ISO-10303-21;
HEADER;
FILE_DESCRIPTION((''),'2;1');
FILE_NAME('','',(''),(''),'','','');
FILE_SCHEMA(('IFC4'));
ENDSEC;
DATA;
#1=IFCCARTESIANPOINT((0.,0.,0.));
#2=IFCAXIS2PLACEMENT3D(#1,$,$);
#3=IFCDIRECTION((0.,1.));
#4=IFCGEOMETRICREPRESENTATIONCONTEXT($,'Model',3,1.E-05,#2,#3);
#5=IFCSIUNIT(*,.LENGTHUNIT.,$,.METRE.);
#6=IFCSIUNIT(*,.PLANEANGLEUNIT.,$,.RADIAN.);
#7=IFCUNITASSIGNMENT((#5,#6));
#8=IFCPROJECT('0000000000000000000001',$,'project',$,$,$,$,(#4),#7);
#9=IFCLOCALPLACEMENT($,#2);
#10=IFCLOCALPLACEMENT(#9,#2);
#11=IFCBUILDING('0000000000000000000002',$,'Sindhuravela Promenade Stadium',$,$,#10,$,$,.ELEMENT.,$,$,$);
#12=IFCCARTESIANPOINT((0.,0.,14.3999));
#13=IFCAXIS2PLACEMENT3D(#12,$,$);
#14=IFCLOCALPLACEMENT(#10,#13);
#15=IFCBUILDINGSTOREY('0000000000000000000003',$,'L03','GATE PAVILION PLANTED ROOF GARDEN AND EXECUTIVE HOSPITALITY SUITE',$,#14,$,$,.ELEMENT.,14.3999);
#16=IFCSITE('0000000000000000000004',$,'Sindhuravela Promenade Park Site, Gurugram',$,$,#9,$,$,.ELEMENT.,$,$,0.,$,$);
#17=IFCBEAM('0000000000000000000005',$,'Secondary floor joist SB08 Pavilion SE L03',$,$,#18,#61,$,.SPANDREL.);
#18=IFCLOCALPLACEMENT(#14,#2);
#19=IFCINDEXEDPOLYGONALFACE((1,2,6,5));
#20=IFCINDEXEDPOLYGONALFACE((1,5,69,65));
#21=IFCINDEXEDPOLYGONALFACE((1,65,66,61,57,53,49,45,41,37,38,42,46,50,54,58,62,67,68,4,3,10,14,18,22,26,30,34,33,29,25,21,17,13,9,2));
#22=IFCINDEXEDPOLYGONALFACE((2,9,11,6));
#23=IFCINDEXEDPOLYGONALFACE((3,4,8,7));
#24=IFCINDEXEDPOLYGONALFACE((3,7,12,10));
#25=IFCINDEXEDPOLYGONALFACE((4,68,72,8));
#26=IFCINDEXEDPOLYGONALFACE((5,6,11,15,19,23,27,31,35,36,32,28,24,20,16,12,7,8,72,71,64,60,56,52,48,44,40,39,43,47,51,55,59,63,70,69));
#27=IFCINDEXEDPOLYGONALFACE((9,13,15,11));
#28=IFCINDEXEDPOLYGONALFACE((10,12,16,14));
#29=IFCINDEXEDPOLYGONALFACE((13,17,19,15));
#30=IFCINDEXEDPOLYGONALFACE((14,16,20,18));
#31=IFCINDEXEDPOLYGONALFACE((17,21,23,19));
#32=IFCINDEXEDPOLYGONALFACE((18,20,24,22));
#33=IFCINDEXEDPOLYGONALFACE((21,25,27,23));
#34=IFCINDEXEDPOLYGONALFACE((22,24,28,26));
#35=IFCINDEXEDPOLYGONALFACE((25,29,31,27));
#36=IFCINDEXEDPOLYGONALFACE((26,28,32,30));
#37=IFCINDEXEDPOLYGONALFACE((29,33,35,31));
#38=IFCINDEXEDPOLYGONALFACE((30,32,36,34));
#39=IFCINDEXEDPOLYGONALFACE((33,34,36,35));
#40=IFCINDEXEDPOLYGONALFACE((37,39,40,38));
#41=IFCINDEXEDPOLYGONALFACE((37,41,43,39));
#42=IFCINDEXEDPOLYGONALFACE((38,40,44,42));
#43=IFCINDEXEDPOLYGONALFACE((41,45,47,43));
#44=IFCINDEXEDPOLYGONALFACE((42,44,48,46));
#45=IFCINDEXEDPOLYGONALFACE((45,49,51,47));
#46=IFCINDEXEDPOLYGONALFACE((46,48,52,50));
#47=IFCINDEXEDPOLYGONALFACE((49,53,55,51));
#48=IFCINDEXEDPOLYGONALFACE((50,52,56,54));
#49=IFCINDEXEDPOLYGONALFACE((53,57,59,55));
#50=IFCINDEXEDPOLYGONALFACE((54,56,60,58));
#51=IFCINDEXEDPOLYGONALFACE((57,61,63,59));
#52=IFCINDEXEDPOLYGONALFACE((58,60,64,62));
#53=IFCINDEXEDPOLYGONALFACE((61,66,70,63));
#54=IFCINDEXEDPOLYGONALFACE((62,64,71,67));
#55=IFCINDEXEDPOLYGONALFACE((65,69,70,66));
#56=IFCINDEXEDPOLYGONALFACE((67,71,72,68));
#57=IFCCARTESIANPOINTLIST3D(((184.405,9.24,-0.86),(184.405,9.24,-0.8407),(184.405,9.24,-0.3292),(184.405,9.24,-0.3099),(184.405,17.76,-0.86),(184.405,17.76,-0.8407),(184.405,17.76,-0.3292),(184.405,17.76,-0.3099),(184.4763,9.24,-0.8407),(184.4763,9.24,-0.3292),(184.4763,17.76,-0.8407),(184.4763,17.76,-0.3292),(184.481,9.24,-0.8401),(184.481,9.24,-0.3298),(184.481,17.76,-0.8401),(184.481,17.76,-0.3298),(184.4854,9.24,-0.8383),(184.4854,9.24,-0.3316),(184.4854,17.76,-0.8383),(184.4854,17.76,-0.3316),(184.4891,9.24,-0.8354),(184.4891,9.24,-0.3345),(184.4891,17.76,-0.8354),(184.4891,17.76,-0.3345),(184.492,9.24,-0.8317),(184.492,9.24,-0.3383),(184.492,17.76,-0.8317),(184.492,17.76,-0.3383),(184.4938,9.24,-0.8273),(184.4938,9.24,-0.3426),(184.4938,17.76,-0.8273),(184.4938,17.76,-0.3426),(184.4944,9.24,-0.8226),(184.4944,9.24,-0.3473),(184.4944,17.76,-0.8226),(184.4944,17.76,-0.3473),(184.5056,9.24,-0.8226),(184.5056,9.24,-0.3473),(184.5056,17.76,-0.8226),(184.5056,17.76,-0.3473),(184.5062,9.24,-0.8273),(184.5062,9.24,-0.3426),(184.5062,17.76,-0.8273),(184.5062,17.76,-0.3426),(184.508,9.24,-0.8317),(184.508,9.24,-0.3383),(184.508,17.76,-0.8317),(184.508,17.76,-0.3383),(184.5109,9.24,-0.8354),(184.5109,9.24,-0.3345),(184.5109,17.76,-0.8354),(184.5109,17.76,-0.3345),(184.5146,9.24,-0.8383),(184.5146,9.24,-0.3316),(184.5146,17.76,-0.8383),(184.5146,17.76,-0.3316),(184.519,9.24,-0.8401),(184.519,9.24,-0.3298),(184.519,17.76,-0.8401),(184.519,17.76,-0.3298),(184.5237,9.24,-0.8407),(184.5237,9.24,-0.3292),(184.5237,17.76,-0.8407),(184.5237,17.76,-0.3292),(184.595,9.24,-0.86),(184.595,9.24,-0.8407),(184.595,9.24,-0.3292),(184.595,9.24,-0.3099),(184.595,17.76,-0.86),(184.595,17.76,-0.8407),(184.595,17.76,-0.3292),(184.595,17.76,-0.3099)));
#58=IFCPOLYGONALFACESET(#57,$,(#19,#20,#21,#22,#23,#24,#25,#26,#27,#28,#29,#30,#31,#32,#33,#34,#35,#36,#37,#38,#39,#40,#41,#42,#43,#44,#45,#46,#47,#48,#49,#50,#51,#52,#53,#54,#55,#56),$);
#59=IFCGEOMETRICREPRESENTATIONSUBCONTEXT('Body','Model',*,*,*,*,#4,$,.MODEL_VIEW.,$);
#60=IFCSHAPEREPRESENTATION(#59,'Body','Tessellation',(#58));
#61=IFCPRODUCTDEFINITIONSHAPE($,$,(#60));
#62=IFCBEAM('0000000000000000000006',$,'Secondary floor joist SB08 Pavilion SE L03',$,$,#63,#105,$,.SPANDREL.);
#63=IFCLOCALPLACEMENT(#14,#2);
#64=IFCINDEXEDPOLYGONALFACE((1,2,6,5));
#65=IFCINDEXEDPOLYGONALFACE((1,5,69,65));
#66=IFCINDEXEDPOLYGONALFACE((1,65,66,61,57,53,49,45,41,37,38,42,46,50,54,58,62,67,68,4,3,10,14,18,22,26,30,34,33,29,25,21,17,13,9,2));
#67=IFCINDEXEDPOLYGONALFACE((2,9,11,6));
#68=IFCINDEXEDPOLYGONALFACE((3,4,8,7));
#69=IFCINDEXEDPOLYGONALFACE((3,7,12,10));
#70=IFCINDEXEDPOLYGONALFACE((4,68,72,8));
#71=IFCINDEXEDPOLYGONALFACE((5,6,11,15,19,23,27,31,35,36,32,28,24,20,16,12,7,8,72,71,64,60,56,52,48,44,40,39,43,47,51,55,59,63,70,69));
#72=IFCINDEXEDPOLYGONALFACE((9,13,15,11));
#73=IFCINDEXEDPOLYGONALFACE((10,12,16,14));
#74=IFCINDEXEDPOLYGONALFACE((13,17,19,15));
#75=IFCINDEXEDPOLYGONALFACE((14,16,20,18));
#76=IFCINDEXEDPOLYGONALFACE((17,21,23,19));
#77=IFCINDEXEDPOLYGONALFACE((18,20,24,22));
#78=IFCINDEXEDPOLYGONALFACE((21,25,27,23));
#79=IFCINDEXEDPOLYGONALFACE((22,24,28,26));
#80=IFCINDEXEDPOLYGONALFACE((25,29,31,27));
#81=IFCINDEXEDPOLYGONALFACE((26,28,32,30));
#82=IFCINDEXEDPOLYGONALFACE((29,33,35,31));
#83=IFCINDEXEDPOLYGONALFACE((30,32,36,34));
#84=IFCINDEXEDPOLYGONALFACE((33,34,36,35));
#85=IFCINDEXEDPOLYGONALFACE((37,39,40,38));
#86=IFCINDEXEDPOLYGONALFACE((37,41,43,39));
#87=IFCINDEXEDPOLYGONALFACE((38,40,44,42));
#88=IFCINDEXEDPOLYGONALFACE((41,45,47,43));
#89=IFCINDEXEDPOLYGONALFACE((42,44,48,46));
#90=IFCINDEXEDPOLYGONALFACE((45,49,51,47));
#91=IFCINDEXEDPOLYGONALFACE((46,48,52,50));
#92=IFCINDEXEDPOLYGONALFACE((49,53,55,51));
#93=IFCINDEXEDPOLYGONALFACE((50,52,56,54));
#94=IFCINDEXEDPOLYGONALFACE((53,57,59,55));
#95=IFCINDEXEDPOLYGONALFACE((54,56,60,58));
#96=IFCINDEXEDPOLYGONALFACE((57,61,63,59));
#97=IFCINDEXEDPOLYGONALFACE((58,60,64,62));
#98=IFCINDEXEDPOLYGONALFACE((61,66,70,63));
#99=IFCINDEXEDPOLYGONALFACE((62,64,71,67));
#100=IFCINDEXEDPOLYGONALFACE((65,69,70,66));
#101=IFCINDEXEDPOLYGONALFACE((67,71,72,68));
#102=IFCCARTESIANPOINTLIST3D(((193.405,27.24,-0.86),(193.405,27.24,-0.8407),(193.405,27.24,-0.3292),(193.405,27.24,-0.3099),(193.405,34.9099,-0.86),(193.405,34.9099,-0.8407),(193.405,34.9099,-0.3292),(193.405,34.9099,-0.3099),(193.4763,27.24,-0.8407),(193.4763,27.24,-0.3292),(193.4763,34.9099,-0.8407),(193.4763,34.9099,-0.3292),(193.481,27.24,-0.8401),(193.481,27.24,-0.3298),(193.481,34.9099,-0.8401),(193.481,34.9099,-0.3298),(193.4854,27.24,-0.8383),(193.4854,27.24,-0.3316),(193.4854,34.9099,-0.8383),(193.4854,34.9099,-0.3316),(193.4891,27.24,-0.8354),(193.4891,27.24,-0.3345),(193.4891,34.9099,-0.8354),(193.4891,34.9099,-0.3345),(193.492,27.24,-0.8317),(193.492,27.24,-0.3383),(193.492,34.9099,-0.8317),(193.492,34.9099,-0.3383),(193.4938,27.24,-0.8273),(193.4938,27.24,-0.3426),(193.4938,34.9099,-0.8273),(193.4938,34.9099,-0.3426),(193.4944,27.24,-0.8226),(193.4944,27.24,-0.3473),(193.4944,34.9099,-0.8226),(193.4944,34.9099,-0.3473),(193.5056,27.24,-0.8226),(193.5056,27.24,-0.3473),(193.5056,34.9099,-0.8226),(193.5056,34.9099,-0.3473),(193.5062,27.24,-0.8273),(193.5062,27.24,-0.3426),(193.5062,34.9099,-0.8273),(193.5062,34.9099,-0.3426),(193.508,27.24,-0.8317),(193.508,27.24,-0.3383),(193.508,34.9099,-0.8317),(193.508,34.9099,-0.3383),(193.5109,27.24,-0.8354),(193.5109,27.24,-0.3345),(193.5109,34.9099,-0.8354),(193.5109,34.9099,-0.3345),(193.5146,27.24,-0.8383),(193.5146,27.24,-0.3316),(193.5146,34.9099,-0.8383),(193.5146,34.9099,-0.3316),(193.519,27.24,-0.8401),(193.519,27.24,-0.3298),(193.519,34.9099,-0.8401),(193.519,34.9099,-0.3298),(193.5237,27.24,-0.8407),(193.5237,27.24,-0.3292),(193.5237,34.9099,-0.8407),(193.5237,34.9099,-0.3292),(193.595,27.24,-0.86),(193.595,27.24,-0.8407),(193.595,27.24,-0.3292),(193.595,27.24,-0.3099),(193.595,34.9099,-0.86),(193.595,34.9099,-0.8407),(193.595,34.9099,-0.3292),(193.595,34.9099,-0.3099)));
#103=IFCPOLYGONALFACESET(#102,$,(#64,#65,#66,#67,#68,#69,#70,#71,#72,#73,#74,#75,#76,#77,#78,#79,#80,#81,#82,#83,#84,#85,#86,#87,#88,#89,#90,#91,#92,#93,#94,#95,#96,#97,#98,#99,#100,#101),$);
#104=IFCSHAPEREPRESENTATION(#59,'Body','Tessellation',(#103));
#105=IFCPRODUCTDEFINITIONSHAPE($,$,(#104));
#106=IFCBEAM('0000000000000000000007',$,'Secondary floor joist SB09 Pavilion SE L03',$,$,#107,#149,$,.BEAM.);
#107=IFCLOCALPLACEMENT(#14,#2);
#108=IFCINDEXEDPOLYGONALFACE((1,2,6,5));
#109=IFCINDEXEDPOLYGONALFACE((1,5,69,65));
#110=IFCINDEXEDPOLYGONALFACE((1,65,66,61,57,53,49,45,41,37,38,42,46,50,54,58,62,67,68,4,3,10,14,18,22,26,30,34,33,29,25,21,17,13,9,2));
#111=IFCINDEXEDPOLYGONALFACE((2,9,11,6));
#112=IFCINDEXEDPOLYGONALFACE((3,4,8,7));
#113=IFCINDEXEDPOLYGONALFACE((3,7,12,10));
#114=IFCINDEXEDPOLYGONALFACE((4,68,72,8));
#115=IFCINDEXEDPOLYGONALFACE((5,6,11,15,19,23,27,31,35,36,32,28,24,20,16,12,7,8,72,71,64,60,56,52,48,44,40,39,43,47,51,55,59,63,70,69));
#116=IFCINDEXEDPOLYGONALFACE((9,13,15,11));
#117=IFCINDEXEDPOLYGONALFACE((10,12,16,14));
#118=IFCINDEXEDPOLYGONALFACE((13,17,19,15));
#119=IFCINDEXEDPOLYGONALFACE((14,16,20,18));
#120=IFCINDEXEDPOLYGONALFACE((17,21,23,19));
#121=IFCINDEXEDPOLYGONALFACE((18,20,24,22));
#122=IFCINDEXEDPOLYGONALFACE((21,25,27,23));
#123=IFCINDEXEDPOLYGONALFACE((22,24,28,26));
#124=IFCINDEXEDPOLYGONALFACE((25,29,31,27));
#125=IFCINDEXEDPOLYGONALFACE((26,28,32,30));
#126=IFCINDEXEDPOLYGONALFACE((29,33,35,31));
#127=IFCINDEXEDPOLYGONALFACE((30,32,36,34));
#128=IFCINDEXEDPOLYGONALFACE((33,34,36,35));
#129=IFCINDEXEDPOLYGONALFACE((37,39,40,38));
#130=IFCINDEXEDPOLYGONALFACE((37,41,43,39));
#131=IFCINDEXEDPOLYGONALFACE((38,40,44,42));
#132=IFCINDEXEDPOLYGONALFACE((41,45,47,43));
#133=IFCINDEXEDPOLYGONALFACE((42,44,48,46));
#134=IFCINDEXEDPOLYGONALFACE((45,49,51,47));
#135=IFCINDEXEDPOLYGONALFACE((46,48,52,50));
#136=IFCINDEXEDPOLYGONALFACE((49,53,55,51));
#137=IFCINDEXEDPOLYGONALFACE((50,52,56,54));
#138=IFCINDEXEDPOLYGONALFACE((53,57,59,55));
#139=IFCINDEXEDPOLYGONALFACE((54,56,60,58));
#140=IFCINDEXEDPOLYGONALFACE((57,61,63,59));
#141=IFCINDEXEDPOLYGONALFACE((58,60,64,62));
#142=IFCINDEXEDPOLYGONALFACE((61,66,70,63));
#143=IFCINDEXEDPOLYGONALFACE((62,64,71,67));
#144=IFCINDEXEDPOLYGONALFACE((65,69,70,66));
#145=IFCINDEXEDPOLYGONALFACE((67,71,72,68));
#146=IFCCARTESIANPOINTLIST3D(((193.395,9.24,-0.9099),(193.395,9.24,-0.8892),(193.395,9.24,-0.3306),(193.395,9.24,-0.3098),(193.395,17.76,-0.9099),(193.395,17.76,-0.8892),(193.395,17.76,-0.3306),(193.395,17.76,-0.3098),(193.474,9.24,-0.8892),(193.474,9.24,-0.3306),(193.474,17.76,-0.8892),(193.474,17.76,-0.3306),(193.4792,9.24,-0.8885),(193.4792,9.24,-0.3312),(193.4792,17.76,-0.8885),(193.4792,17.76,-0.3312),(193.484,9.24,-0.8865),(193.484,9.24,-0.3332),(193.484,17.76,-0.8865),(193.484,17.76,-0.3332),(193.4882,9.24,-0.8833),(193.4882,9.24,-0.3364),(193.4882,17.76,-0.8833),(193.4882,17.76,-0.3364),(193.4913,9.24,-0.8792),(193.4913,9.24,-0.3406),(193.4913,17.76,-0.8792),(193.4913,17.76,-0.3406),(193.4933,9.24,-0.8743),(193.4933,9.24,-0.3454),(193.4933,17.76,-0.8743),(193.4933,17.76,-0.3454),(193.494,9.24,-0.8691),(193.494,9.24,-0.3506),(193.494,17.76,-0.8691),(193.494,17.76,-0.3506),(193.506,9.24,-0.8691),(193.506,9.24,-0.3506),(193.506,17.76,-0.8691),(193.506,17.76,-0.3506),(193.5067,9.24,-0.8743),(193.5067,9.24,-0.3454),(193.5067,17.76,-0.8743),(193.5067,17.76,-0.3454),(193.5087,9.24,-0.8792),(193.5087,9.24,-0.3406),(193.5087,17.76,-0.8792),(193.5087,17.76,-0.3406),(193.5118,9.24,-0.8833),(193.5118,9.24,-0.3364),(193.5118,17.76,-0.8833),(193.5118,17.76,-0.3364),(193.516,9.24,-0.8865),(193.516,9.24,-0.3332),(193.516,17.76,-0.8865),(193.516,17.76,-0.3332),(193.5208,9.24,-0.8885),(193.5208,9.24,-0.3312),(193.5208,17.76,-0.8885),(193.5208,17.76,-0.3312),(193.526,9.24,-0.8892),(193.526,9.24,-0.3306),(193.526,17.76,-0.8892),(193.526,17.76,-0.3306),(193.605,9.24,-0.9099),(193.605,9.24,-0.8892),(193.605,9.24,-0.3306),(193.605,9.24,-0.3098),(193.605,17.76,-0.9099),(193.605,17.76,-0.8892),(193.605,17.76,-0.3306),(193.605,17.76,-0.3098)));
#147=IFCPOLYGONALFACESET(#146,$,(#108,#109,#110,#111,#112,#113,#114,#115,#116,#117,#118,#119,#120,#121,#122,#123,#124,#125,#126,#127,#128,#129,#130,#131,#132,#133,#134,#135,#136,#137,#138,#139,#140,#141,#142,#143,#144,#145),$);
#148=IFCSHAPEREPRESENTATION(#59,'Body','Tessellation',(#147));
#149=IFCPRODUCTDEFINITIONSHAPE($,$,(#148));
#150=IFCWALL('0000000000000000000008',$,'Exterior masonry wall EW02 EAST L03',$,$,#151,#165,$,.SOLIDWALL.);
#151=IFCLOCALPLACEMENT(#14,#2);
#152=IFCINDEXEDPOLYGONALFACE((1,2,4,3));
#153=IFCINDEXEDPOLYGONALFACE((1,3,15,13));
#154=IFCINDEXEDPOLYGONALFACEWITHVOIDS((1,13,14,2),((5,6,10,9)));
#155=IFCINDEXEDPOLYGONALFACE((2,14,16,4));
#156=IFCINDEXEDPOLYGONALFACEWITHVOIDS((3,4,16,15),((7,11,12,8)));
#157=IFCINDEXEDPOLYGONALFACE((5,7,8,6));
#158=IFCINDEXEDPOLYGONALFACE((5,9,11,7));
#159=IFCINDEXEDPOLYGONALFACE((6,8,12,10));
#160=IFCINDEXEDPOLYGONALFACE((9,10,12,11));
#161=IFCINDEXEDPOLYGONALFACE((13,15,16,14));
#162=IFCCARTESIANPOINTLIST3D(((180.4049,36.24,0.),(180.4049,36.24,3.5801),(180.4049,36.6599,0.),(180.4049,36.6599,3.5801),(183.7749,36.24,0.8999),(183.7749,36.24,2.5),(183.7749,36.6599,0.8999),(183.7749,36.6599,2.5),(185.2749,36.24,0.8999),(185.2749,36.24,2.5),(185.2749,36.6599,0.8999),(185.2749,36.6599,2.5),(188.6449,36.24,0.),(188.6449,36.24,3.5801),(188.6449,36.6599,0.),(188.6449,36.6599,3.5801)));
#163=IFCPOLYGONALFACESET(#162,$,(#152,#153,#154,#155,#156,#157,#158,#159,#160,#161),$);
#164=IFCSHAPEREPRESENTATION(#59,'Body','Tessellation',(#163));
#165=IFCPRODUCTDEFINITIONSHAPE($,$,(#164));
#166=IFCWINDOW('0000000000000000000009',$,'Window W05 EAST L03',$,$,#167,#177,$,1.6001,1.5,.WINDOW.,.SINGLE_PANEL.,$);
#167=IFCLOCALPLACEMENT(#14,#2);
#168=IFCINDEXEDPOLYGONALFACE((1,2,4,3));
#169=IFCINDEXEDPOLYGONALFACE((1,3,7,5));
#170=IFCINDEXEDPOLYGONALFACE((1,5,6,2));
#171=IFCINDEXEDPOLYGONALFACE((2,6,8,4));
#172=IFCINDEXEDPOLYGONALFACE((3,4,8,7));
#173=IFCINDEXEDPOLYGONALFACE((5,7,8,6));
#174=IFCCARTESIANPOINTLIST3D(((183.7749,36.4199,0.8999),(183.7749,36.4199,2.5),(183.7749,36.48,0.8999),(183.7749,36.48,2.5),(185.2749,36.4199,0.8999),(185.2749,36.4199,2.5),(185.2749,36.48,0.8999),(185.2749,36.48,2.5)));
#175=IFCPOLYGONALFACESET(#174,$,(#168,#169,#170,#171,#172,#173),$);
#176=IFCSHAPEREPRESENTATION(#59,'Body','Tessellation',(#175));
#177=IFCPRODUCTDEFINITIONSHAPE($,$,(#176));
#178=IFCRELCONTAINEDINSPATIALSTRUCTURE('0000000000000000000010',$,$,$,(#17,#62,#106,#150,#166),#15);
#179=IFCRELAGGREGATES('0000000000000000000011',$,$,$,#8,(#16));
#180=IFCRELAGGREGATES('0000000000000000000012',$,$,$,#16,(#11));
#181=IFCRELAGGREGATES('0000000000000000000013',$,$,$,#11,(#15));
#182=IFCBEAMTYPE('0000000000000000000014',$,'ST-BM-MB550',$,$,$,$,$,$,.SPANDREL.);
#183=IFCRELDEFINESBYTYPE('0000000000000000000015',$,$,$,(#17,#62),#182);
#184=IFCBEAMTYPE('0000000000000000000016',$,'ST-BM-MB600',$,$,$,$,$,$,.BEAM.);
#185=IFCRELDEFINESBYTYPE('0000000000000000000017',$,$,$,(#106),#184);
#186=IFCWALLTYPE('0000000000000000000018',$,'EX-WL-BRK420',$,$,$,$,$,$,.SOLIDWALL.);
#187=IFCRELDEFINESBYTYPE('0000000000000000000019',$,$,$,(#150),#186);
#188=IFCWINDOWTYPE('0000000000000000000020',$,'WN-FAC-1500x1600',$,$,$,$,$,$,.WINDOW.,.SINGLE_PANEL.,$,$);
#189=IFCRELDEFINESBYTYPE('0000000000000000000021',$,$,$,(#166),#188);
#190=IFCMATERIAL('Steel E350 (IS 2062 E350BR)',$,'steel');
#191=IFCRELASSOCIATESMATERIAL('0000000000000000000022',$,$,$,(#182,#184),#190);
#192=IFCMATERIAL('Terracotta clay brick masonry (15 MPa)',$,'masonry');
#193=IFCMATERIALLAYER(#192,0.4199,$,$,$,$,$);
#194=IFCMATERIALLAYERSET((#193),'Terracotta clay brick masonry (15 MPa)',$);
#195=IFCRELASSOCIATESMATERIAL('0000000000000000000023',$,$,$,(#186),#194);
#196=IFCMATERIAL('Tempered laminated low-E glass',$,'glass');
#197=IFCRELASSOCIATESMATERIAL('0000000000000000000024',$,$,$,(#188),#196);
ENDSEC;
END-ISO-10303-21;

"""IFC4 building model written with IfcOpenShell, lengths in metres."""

from ifc_helpers import new_model, si_unit, direction, frame, frame_2d, origin, origin_2d, place, context, subcontext, project, spatial, rectangle, i_section, extrude, material, layer, layer_set, material_profile, profile_set, type_object, element, fill, save


model = new_model("IFC4")

# Units and contexts
model_context = context("Model", 3, precision=1e-05, world=origin(), true_north=direction((0.0, 1.0)))
body_context = subcontext(model_context, "Body", "Model", "MODEL_VIEW")
ifc_project = project(units=[si_unit("LENGTHUNIT", "METRE"), si_unit("PLANEANGLEUNIT", "RADIAN")], contexts=[model_context])

# Site, building, storey
site_placement = place(None, origin())
site = spatial("IfcSite", under=ifc_project, at=site_placement, Name="Sindhuravela Promenade Park Site, Gurugram", CompositionType="ELEMENT", RefElevation=0.0)
building_placement = place(site_placement, origin())
building = spatial("IfcBuilding", under=site, at=building_placement, Name="Sindhuravela Promenade Stadium", CompositionType="ELEMENT")
storey_placement = place(building_placement, frame((0.0, 0.0, 14.3999)))
storey = spatial("IfcBuildingStorey", under=building, at=storey_placement, Name="L03", Description="GATE PAVILION PLANTED ROOF GARDEN AND EXECUTIVE HOSPITALITY SUITE", CompositionType="ELEMENT", Elevation=14.3999)

# Beams
ifc_material_1 = material(Name="Steel E350 (IS 2062 E350BR)", Category="steel")
ifc_material_profile_1 = material_profile(ifc_material_1, i_section(OverallWidth=0.1899, OverallDepth=0.55, WebThickness=0.0112, FlangeThickness=0.0193, FilletRadius=0.0181, at=origin_2d()), Name="ISMB 550")
ifc_profile_set_1 = profile_set([ifc_material_profile_1], Name="Steel E350 (IS 2062 E350BR)")
beam_type_1 = type_object("IfcBeamType", Name="ST-BM-MB550", PredefinedType="SPANDREL", material=ifc_profile_set_1)
beam_1_placement = place(storey_placement, frame((184.5, 9.24, -0.585), z_axis=(0.0, 1.0, 0.0), x_axis=(-1.0, 0.0, 0.0)))
element("IfcBeam", 1, at=beam_1_placement, inside=storey, type_object=beam_type_1, Name="Secondary floor joist SB08 Pavilion SE L03", PredefinedType="SPANDREL", context=body_context, shape_type="SweptSolid", body=[
    extrude(i_section(OverallWidth=0.1899, OverallDepth=0.55, WebThickness=0.0112, FlangeThickness=0.0193, FilletRadius=0.0181, at=origin_2d()), origin(), (0.0, 0.0, 1.0), 8.52),
])
beam_2_placement = place(storey_placement, frame((193.5, 27.24, -0.585), z_axis=(0.0, 1.0, 0.0), x_axis=(-1.0, 0.0, 0.0)))
element("IfcBeam", 2, at=beam_2_placement, inside=storey, type_object=beam_type_1, Name="Secondary floor joist SB08 Pavilion SE L03", PredefinedType="SPANDREL", context=body_context, shape_type="SweptSolid", body=[
    extrude(i_section(OverallWidth=0.1899, OverallDepth=0.55, WebThickness=0.0112, FlangeThickness=0.0193, FilletRadius=0.0181, at=origin_2d()), origin(), (0.0, 0.0, 1.0), 7.6699),
])
ifc_material_profile_2 = material_profile(ifc_material_1, i_section(OverallWidth=0.21, OverallDepth=0.6001, WebThickness=0.012, FlangeThickness=0.0208, FilletRadius=0.02, at=origin_2d()), Name="ISMB 600")
ifc_profile_set_2 = profile_set([ifc_material_profile_2], Name="Steel E350 (IS 2062 E350BR)")
beam_type_2 = type_object("IfcBeamType", Name="ST-BM-MB600", PredefinedType="BEAM", material=ifc_profile_set_2)
beam_3_placement = place(storey_placement, frame((193.5, 9.24, -0.6099), z_axis=(0.0, 1.0, 0.0), x_axis=(-1.0, 0.0, 0.0)))
element("IfcBeam", 3, at=beam_3_placement, inside=storey, type_object=beam_type_2, Name="Secondary floor joist SB09 Pavilion SE L03", PredefinedType="BEAM", context=body_context, shape_type="SweptSolid", body=[
    extrude(i_section(OverallWidth=0.21, OverallDepth=0.6001, WebThickness=0.012, FlangeThickness=0.0208, FilletRadius=0.02, at=origin_2d()), origin(), (0.0, 0.0, 1.0), 8.52),
])

# Wall, opening, window
ifc_material_2 = material(Name="Terracotta clay brick masonry (15 MPa)", Category="masonry")
ifc_layer_1 = layer(ifc_material_2, 0.4199)
ifc_layer_set_1 = layer_set([ifc_layer_1], Name="Terracotta clay brick masonry (15 MPa)")
wall_type = type_object("IfcWallType", Name="EX-WL-BRK420", PredefinedType="SOLIDWALL", material=ifc_layer_set_1)
wall_placement = place(storey_placement, frame((188.645, 36.45, 0.0), z_axis=(0.0, 0.0, 1.0), x_axis=(-1.0, 0.0, 0.0)))
wall = element("IfcWall", 4, at=wall_placement, inside=storey, type_object=wall_type, Name="Exterior masonry wall EW02 EAST L03", PredefinedType="SOLIDWALL", context=body_context, shape_type="SweptSolid", body=[
    extrude(rectangle(XDim=8.24, YDim=0.4199, at=frame_2d((4.1201, 0.0))), origin(), (0.0, 0.0, 1.0), 3.5801),
])
opening_placement = place(wall_placement, frame((3.3701, 0.0, 0.8999)))
opening = element("IfcOpeningElement", 5, at=opening_placement, cuts=wall, PredefinedType="OPENING", context=body_context, shape_type="SweptSolid", body=[
    extrude(rectangle(XDim=1.5, YDim=1.6001, at=frame_2d((0.75, 0.8))), frame((0.0, 0.22, 0.0), z_axis=(0.0, -1.0, 0.0), x_axis=(1.0, 0.0, 0.0)), (0.0, 0.0, 1.0), 0.4399),
])
ifc_material_3 = material(Name="Tempered laminated low-E glass", Category="glass")
window_type = type_object("IfcWindowType", Name="WN-FAC-1500x1600", PartitioningType="SINGLE_PANEL", PredefinedType="WINDOW", material=ifc_material_3)
window_placement = place(opening_placement, origin())
window = element("IfcWindow", 6, at=window_placement, inside=storey, type_object=window_type, Name="Window W05 EAST L03", OverallHeight=1.6001, OverallWidth=1.5, PartitioningType="SINGLE_PANEL", PredefinedType="WINDOW", context=body_context, shape_type="SweptSolid", body=[
    extrude(rectangle(XDim=1.5, YDim=1.6001, at=frame_2d((0.75, 0.8))), frame((0.0, 0.03, 0.0), z_axis=(0.0, -1.0, 0.0), x_axis=(1.0, 0.0, 0.0)), (0.0, 0.0, 1.0), 0.0601),
])
fill(opening, window)

save(model, "model.ifc")
